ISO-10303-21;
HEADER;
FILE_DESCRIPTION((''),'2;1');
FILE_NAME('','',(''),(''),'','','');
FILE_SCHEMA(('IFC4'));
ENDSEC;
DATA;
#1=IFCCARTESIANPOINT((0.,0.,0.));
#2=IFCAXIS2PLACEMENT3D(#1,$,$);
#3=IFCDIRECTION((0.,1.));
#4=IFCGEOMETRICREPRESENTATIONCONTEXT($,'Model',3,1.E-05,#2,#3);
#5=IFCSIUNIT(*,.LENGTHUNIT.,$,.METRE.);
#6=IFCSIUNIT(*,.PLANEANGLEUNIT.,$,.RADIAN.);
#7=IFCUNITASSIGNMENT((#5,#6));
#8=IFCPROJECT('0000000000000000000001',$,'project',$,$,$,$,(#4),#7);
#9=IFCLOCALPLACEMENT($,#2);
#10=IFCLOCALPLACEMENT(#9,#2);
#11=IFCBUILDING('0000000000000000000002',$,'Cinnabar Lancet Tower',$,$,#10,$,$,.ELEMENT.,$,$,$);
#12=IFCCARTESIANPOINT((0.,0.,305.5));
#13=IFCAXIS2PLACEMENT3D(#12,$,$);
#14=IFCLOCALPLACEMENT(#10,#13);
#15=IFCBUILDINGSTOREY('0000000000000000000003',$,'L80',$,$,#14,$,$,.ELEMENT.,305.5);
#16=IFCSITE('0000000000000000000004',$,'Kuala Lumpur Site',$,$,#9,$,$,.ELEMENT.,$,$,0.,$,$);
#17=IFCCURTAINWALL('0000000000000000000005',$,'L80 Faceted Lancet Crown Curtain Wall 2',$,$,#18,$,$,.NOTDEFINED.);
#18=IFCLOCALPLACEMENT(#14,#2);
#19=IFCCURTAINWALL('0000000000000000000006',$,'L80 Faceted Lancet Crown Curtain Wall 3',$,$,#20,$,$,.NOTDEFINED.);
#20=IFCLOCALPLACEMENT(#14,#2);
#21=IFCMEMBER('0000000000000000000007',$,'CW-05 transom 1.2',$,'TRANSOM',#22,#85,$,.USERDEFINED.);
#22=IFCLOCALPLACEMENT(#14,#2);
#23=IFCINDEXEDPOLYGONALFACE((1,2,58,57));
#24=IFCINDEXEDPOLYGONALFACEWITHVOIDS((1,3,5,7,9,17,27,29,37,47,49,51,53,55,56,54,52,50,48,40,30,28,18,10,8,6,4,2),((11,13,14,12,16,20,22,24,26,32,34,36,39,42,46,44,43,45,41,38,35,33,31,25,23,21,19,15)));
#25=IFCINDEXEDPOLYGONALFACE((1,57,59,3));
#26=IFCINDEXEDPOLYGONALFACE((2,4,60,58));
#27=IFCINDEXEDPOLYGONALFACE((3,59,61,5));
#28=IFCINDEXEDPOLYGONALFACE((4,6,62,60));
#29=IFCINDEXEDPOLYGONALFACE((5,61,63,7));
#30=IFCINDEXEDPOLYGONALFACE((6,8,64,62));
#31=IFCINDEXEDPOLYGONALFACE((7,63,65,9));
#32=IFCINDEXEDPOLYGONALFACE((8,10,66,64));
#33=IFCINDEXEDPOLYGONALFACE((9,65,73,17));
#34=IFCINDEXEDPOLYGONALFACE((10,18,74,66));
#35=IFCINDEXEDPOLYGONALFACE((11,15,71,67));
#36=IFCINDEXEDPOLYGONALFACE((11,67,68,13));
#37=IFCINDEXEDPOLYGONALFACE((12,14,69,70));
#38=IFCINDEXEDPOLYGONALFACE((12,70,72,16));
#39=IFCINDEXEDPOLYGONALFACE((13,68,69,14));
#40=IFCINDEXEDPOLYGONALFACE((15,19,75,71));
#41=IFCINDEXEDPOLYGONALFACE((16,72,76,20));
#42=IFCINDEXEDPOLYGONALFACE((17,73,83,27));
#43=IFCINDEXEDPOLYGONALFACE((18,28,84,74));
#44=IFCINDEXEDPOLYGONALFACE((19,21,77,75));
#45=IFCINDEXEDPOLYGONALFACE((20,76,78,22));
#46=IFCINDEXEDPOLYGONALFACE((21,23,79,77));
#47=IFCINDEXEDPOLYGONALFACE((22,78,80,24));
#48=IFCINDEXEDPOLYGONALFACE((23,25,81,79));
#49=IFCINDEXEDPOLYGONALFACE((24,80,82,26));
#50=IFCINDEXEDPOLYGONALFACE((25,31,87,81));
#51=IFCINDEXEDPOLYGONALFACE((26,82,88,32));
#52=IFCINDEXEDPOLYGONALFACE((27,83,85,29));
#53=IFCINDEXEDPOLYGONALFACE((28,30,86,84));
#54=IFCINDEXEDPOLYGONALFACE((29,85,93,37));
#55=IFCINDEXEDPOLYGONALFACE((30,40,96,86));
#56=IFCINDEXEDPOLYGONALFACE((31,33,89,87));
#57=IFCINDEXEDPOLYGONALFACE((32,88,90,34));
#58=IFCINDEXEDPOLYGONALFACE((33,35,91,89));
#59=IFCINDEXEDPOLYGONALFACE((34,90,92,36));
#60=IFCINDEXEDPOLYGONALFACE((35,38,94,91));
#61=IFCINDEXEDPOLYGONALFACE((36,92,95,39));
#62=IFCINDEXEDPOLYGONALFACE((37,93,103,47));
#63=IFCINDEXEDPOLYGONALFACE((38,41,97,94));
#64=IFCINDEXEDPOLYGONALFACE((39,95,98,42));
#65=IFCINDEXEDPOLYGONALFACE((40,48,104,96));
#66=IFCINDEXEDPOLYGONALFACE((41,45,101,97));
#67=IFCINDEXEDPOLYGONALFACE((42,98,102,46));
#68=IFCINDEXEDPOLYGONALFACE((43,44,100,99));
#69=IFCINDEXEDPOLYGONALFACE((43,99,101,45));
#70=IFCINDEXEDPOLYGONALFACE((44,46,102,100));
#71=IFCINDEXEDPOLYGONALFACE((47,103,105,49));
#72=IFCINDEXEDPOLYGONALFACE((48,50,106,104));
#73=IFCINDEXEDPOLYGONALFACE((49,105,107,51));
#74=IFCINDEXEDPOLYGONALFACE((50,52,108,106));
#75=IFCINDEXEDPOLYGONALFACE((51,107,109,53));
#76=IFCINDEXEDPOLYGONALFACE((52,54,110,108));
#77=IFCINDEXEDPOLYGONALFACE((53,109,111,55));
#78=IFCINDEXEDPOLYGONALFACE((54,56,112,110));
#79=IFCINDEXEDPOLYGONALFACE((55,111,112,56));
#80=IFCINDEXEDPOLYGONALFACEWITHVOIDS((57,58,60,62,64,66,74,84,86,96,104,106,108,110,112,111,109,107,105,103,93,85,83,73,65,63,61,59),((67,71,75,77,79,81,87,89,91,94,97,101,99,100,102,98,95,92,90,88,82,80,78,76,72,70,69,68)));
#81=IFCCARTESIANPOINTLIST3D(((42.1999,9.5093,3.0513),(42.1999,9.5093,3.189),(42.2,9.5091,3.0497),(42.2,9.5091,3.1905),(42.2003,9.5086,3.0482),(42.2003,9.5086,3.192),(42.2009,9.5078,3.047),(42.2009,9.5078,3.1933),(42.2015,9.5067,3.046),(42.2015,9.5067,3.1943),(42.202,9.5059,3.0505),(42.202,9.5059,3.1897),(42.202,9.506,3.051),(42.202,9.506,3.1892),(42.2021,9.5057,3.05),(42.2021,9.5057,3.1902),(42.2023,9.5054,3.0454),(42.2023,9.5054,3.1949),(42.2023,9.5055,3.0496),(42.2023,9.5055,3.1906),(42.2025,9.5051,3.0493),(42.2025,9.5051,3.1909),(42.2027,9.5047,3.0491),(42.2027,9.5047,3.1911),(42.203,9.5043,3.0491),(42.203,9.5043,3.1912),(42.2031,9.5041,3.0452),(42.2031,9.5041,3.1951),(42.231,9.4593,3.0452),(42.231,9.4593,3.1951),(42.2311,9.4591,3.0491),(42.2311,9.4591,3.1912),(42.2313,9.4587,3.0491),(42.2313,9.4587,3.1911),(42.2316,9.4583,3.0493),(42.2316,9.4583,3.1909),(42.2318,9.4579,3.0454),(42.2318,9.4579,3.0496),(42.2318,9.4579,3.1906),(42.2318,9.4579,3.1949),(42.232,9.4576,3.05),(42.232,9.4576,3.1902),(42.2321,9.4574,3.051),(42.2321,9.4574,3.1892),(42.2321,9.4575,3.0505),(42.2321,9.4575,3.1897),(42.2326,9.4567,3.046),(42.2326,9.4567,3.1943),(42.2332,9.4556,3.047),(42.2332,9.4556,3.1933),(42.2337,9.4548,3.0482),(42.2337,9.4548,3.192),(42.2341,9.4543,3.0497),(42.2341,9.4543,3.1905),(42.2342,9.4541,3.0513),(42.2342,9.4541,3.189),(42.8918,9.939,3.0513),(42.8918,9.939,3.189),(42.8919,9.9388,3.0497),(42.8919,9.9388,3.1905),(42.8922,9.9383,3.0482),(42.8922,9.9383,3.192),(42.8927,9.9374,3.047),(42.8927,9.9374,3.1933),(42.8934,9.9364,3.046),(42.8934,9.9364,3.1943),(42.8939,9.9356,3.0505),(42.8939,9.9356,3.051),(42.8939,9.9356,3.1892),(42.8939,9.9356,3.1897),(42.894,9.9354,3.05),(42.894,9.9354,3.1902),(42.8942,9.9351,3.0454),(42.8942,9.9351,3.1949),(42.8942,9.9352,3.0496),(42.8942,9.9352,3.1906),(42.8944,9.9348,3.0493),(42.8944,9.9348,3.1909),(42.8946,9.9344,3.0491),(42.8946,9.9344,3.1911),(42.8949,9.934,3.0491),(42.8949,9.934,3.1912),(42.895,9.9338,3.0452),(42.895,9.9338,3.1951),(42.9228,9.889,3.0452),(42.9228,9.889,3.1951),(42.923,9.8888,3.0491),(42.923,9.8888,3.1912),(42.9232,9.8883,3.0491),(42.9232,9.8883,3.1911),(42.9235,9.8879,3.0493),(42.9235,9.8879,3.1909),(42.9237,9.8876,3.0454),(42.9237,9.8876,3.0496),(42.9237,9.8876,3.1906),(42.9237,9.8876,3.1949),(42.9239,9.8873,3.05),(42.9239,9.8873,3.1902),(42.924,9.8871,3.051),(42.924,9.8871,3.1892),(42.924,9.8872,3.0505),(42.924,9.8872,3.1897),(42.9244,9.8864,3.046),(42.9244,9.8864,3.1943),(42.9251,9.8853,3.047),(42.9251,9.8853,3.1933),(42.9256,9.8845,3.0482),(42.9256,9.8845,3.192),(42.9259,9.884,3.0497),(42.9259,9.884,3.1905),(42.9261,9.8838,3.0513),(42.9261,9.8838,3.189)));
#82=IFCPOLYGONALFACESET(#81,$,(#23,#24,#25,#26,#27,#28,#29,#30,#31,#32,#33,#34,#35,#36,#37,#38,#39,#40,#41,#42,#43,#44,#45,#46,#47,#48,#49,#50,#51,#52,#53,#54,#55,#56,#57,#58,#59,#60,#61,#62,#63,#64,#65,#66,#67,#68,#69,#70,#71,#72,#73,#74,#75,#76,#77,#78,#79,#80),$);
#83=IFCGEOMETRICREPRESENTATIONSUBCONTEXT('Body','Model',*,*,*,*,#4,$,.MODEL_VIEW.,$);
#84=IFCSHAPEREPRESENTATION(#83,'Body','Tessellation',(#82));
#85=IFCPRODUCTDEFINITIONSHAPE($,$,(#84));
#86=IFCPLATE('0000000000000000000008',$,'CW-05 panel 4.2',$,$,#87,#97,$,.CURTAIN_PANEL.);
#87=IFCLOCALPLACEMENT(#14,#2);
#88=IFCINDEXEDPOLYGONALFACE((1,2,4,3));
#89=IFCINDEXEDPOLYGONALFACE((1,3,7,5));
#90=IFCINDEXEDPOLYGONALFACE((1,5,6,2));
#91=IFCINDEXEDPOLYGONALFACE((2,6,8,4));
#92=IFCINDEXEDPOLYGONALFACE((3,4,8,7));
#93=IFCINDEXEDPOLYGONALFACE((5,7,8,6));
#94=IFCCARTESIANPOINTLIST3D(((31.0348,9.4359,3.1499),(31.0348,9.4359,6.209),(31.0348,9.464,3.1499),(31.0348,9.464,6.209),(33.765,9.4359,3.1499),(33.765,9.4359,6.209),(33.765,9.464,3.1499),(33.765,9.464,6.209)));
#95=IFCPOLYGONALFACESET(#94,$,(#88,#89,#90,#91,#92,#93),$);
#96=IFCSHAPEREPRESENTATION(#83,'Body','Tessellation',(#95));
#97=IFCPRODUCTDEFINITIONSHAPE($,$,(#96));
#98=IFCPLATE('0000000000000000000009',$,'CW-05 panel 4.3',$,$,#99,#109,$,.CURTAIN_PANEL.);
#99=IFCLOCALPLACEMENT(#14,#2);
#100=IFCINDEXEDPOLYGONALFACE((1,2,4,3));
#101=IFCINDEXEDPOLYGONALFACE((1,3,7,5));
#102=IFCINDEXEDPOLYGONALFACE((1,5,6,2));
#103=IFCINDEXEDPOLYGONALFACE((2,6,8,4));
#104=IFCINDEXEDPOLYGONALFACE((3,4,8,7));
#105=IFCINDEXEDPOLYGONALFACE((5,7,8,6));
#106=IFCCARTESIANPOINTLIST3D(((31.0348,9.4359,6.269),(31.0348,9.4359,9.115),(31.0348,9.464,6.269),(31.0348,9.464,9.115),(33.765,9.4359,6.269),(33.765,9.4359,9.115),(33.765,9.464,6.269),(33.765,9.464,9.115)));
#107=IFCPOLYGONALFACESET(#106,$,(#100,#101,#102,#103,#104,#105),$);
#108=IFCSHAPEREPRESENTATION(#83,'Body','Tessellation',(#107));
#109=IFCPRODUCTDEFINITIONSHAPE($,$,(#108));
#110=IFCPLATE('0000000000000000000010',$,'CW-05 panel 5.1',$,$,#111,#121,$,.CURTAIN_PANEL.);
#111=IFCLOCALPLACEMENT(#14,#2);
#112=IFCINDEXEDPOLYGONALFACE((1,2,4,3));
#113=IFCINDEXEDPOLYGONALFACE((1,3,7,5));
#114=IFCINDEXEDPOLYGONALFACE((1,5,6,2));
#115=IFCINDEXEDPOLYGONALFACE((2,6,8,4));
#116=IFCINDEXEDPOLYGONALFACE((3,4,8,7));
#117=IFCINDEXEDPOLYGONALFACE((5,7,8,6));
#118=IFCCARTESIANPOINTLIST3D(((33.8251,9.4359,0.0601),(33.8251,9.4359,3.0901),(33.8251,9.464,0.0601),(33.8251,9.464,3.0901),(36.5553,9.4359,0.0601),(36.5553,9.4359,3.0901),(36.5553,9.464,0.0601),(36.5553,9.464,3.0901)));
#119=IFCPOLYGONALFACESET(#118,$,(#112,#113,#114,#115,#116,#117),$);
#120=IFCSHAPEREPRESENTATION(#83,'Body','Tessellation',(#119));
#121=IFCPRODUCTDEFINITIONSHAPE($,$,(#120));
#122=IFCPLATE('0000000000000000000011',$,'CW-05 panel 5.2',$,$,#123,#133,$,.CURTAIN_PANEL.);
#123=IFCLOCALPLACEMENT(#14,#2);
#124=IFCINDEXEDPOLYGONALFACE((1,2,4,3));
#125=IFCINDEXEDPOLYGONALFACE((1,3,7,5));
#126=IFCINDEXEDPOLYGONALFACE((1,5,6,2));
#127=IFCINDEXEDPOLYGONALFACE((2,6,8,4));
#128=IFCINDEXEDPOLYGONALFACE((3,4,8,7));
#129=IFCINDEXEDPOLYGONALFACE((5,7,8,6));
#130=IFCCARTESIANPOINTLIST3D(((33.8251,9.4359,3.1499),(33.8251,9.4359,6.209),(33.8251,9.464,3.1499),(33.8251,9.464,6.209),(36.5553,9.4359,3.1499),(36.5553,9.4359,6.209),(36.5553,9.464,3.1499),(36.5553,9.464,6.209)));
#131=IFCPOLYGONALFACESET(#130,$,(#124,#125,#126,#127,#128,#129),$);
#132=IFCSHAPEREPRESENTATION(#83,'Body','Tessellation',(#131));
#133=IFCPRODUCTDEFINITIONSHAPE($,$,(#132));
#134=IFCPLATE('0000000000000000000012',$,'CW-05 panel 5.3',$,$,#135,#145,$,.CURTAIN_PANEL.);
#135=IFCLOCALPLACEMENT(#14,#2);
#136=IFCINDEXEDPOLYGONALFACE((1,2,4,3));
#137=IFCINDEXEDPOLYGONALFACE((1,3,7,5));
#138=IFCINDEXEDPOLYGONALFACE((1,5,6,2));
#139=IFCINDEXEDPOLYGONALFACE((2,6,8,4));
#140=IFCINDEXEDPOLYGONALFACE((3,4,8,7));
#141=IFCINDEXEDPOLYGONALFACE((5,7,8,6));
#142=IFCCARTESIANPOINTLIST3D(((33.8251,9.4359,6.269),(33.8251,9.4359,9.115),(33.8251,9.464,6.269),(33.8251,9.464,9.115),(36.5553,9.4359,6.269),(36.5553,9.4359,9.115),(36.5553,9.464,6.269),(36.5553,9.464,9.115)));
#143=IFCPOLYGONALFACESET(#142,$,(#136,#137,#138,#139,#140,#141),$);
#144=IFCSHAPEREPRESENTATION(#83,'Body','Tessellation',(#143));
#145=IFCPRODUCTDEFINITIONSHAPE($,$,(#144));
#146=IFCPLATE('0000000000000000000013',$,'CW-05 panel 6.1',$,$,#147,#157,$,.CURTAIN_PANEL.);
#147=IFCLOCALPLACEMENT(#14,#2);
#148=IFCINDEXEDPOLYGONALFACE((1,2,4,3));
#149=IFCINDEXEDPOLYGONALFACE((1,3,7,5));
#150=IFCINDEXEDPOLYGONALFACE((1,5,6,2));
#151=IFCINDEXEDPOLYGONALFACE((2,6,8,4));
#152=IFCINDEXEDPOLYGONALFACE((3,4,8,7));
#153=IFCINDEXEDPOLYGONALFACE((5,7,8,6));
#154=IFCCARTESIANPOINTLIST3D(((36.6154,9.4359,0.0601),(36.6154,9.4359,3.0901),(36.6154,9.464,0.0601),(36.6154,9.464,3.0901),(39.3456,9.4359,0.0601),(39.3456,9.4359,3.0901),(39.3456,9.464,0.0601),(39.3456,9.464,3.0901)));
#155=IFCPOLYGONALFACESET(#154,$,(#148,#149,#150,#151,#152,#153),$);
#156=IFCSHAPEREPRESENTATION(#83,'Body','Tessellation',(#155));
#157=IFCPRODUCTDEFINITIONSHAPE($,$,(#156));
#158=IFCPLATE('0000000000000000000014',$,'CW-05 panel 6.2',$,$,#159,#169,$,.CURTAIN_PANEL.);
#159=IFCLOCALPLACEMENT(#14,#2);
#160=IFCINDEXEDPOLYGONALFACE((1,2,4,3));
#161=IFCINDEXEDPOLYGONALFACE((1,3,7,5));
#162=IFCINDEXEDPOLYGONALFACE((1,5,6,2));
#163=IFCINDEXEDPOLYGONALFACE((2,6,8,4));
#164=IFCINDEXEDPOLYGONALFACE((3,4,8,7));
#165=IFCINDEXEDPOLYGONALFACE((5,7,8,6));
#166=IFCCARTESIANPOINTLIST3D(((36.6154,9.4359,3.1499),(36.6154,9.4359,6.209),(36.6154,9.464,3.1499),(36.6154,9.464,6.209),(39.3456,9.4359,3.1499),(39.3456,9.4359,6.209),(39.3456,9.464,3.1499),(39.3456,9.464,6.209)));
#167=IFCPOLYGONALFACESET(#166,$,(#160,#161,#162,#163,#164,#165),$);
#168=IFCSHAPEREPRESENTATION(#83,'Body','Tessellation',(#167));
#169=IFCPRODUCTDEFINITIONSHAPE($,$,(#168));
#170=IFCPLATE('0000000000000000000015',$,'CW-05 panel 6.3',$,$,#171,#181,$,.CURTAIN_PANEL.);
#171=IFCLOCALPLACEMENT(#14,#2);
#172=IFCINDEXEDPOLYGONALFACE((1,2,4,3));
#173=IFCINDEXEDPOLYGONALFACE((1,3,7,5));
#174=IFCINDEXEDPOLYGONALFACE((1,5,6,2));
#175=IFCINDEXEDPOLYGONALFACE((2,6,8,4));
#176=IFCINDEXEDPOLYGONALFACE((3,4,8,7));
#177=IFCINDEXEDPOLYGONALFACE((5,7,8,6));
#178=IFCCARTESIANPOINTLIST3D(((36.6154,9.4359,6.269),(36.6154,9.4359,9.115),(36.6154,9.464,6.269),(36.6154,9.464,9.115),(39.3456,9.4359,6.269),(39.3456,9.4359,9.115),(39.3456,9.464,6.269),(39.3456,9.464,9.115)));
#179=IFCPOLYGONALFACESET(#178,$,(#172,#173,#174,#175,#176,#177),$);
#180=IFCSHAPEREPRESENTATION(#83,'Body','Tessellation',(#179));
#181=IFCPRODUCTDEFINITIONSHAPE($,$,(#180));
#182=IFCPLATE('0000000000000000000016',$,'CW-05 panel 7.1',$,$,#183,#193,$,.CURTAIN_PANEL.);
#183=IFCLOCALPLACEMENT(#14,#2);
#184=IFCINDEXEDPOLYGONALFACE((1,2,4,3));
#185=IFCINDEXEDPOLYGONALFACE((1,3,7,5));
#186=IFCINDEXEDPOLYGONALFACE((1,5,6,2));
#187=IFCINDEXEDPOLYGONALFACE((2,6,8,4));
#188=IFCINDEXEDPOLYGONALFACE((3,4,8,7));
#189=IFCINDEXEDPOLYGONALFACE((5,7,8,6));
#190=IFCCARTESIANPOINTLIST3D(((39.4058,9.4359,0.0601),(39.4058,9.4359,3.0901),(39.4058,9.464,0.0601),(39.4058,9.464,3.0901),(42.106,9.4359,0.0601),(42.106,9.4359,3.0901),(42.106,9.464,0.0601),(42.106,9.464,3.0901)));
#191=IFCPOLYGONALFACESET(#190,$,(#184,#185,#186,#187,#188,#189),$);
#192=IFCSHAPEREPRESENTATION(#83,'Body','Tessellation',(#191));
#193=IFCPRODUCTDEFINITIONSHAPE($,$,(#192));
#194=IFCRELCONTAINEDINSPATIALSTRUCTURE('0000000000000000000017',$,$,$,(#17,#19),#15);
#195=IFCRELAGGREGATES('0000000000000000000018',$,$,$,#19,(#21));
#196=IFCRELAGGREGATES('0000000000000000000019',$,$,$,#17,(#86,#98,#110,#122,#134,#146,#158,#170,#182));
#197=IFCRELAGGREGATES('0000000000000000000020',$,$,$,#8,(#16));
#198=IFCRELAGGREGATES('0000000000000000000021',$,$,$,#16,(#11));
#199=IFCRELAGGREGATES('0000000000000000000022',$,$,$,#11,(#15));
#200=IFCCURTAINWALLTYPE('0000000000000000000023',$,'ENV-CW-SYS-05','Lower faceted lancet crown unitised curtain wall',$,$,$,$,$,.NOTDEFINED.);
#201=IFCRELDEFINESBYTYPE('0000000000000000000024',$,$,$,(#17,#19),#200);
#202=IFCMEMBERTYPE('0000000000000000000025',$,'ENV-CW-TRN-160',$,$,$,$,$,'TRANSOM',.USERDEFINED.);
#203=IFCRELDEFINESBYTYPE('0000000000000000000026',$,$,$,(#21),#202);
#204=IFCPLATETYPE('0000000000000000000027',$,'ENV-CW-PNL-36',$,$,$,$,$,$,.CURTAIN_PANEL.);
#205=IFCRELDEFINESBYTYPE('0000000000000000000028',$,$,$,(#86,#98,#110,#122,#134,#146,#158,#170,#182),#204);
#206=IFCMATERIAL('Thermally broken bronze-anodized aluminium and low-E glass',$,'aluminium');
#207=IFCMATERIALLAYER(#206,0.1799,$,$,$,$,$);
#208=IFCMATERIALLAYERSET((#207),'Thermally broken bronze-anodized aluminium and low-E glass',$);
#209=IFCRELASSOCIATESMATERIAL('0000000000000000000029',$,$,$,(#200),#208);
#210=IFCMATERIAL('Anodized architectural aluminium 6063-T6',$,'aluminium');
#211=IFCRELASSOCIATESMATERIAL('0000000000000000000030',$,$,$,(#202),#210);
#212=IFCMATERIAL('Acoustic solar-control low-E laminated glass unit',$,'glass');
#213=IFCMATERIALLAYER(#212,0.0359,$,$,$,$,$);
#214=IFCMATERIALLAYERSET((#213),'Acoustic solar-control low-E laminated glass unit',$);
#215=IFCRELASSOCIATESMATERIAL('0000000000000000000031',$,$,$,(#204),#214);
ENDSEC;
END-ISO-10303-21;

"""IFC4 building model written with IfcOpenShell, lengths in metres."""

from ifc_helpers import new_model, si_unit, direction, frame, origin, origin_2d, place, context, subcontext, project, spatial, rectangle, hollow_rectangle, extrude, material, layer, layer_set, material_profile, profile_set, type_object, element, aggregate, save


model = new_model("IFC4")

# Units and contexts
model_context = context("Model", 3, precision=1e-05, world=origin(), true_north=direction((0.0, 1.0)))
body_context = subcontext(model_context, "Body", "Model", "MODEL_VIEW")
ifc_project = project(units=[si_unit("LENGTHUNIT", "METRE"), si_unit("PLANEANGLEUNIT", "RADIAN")], contexts=[model_context])

# Site, building, storey
site_placement = place(None, origin())
site = spatial("IfcSite", under=ifc_project, at=site_placement, Name="Kuala Lumpur Site", CompositionType="ELEMENT", RefElevation=0.0)
building_placement = place(site_placement, origin())
building = spatial("IfcBuilding", under=site, at=building_placement, Name="Cinnabar Lancet Tower", CompositionType="ELEMENT")
storey_placement = place(building_placement, frame((0.0, 0.0, 305.5)))
storey = spatial("IfcBuildingStorey", under=building, at=storey_placement, Name="L80", CompositionType="ELEMENT", Elevation=305.5)

# Curtain wall
ifc_material_1 = material(Name="Thermally broken bronze-anodized aluminium and low-E glass", Category="aluminium")
ifc_layer_1 = layer(ifc_material_1, 0.1799)
ifc_layer_set_1 = layer_set([ifc_layer_1], Name="Thermally broken bronze-anodized aluminium and low-E glass")
curtain_wall_type = type_object("IfcCurtainWallType", Name="ENV-CW-SYS-05", Description="Lower faceted lancet crown unitised curtain wall", PredefinedType="NOTDEFINED", material=ifc_layer_set_1)
curtain_wall_1_placement = place(storey_placement, origin())
curtain_wall_1 = element("IfcCurtainWall", 1, at=curtain_wall_1_placement, inside=storey, type_object=curtain_wall_type, Name="L80 Faceted Lancet Crown Curtain Wall 2", PredefinedType="NOTDEFINED")

# Curtain wall
curtain_wall_2_placement = place(storey_placement, origin())
curtain_wall_2 = element("IfcCurtainWall", 2, at=curtain_wall_2_placement, inside=storey, type_object=curtain_wall_type, Name="L80 Faceted Lancet Crown Curtain Wall 3", PredefinedType="NOTDEFINED")

# Member
ifc_material_2 = material(Name="Anodized architectural aluminium 6063-T6", Category="aluminium")
ifc_material_profile_1 = material_profile(ifc_material_2, hollow_rectangle(XDim=0.0649, YDim=0.1499, WallThickness=0.0039, InnerFilletRadius=0.002, OuterFilletRadius=0.0061, at=origin_2d()), Name="CW-TRN 150x65x4")
ifc_profile_set_1 = profile_set([ifc_material_profile_1], Name="Anodized architectural aluminium 6063-T6")
member_type_1 = type_object("IfcMemberType", Name="ENV-CW-TRN-160", ElementType="TRANSOM", PredefinedType="USERDEFINED", material=ifc_profile_set_1)
member_1_placement = place(storey_placement, frame((42.217, 9.4817, 3.1201), z_axis=(0.84951, 0.527572, 0.0), x_axis=(-0.527572, 0.84951, 0.0)))
member_1 = element("IfcMember", 3, at=member_1_placement, type_object=member_type_1, Name="CW-05 transom 1.2", ObjectType="TRANSOM", PredefinedType="USERDEFINED", context=body_context, shape_type="SweptSolid", body=[
    extrude(hollow_rectangle(XDim=0.0649, YDim=0.1499, WallThickness=0.0039, InnerFilletRadius=0.002, OuterFilletRadius=0.0061, at=origin_2d()), origin(), (0.0, 0.0, 1.0), 0.8145),
])
aggregate(curtain_wall_2, [member_1])

# Plates
ifc_material_3 = material(Name="Acoustic solar-control low-E laminated glass unit", Category="glass")
ifc_layer_2 = layer(ifc_material_3, 0.0359)
ifc_layer_set_2 = layer_set([ifc_layer_2], Name="Acoustic solar-control low-E laminated glass unit")
plate_type = type_object("IfcPlateType", Name="ENV-CW-PNL-36", PredefinedType="CURTAIN_PANEL", material=ifc_layer_set_2)
plate_1_placement = place(storey_placement, frame((32.3999, 9.45, 3.1499), z_axis=(0.0, 0.0, 1.0), x_axis=(1.0, 0.0, 0.0)))
plate_1 = element("IfcPlate", 4, at=plate_1_placement, type_object=plate_type, Name="CW-05 panel 4.2", PredefinedType="CURTAIN_PANEL", context=body_context, shape_type="SweptSolid", body=[
    extrude(rectangle(XDim=2.7302, YDim=0.0281, at=origin_2d()), origin(), (0.0, 0.0, 1.0), 3.0591),
])
plate_2_placement = place(storey_placement, frame((32.3999, 9.45, 6.269), z_axis=(0.0, 0.0, 1.0), x_axis=(1.0, 0.0, 0.0)))
plate_2 = element("IfcPlate", 5, at=plate_2_placement, type_object=plate_type, Name="CW-05 panel 4.3", PredefinedType="CURTAIN_PANEL", context=body_context, shape_type="SweptSolid", body=[
    extrude(rectangle(XDim=2.7302, YDim=0.0281, at=origin_2d()), origin(), (0.0, 0.0, 1.0), 2.8459),
])
plate_3_placement = place(storey_placement, frame((35.1902, 9.45, 0.0601), z_axis=(0.0, 0.0, 1.0), x_axis=(1.0, 0.0, 0.0)))
plate_3 = element("IfcPlate", 6, at=plate_3_placement, type_object=plate_type, Name="CW-05 panel 5.1", PredefinedType="CURTAIN_PANEL", context=body_context, shape_type="SweptSolid", body=[
    extrude(rectangle(XDim=2.7302, YDim=0.0281, at=origin_2d()), origin(), (0.0, 0.0, 1.0), 3.03),
])
plate_4_placement = place(storey_placement, frame((35.1902, 9.45, 3.1499), z_axis=(0.0, 0.0, 1.0), x_axis=(1.0, 0.0, 0.0)))
plate_4 = element("IfcPlate", 7, at=plate_4_placement, type_object=plate_type, Name="CW-05 panel 5.2", PredefinedType="CURTAIN_PANEL", context=body_context, shape_type="SweptSolid", body=[
    extrude(rectangle(XDim=2.7302, YDim=0.0281, at=origin_2d()), origin(), (0.0, 0.0, 1.0), 3.0591),
])
plate_5_placement = place(storey_placement, frame((35.1902, 9.45, 6.269), z_axis=(0.0, 0.0, 1.0), x_axis=(1.0, 0.0, 0.0)))
plate_5 = element("IfcPlate", 8, at=plate_5_placement, type_object=plate_type, Name="CW-05 panel 5.3", PredefinedType="CURTAIN_PANEL", context=body_context, shape_type="SweptSolid", body=[
    extrude(rectangle(XDim=2.7302, YDim=0.0281, at=origin_2d()), origin(), (0.0, 0.0, 1.0), 2.8459),
])
plate_6_placement = place(storey_placement, frame((37.9805, 9.45, 0.0601), z_axis=(0.0, 0.0, 1.0), x_axis=(1.0, 0.0, 0.0)))
plate_6 = element("IfcPlate", 9, at=plate_6_placement, type_object=plate_type, Name="CW-05 panel 6.1", PredefinedType="CURTAIN_PANEL", context=body_context, shape_type="SweptSolid", body=[
    extrude(rectangle(XDim=2.7302, YDim=0.0281, at=origin_2d()), origin(), (0.0, 0.0, 1.0), 3.03),
])
plate_7_placement = place(storey_placement, frame((37.9805, 9.45, 3.1499), z_axis=(0.0, 0.0, 1.0), x_axis=(1.0, 0.0, 0.0)))
plate_7 = element("IfcPlate", 10, at=plate_7_placement, type_object=plate_type, Name="CW-05 panel 6.2", PredefinedType="CURTAIN_PANEL", context=body_context, shape_type="SweptSolid", body=[
    extrude(rectangle(XDim=2.7302, YDim=0.0281, at=origin_2d()), origin(), (0.0, 0.0, 1.0), 3.0591),
])
plate_8_placement = place(storey_placement, frame((37.9805, 9.45, 6.269), z_axis=(0.0, 0.0, 1.0), x_axis=(1.0, 0.0, 0.0)))
plate_8 = element("IfcPlate", 11, at=plate_8_placement, type_object=plate_type, Name="CW-05 panel 6.3", PredefinedType="CURTAIN_PANEL", context=body_context, shape_type="SweptSolid", body=[
    extrude(rectangle(XDim=2.7302, YDim=0.0281, at=origin_2d()), origin(), (0.0, 0.0, 1.0), 2.8459),
])
plate_9_placement = place(storey_placement, frame((40.7559, 9.45, 0.0601), z_axis=(0.0, 0.0, 1.0), x_axis=(1.0, 0.0, 0.0)))
plate_9 = element("IfcPlate", 12, at=plate_9_placement, type_object=plate_type, Name="CW-05 panel 7.1", PredefinedType="CURTAIN_PANEL", context=body_context, shape_type="SweptSolid", body=[
    extrude(rectangle(XDim=2.7002, YDim=0.0281, at=origin_2d()), origin(), (0.0, 0.0, 1.0), 3.03),
])
aggregate(curtain_wall_1, [plate_1, plate_2, plate_3, plate_4, plate_5, plate_6, plate_7, plate_8, plate_9])

save(model, "model.ifc")
